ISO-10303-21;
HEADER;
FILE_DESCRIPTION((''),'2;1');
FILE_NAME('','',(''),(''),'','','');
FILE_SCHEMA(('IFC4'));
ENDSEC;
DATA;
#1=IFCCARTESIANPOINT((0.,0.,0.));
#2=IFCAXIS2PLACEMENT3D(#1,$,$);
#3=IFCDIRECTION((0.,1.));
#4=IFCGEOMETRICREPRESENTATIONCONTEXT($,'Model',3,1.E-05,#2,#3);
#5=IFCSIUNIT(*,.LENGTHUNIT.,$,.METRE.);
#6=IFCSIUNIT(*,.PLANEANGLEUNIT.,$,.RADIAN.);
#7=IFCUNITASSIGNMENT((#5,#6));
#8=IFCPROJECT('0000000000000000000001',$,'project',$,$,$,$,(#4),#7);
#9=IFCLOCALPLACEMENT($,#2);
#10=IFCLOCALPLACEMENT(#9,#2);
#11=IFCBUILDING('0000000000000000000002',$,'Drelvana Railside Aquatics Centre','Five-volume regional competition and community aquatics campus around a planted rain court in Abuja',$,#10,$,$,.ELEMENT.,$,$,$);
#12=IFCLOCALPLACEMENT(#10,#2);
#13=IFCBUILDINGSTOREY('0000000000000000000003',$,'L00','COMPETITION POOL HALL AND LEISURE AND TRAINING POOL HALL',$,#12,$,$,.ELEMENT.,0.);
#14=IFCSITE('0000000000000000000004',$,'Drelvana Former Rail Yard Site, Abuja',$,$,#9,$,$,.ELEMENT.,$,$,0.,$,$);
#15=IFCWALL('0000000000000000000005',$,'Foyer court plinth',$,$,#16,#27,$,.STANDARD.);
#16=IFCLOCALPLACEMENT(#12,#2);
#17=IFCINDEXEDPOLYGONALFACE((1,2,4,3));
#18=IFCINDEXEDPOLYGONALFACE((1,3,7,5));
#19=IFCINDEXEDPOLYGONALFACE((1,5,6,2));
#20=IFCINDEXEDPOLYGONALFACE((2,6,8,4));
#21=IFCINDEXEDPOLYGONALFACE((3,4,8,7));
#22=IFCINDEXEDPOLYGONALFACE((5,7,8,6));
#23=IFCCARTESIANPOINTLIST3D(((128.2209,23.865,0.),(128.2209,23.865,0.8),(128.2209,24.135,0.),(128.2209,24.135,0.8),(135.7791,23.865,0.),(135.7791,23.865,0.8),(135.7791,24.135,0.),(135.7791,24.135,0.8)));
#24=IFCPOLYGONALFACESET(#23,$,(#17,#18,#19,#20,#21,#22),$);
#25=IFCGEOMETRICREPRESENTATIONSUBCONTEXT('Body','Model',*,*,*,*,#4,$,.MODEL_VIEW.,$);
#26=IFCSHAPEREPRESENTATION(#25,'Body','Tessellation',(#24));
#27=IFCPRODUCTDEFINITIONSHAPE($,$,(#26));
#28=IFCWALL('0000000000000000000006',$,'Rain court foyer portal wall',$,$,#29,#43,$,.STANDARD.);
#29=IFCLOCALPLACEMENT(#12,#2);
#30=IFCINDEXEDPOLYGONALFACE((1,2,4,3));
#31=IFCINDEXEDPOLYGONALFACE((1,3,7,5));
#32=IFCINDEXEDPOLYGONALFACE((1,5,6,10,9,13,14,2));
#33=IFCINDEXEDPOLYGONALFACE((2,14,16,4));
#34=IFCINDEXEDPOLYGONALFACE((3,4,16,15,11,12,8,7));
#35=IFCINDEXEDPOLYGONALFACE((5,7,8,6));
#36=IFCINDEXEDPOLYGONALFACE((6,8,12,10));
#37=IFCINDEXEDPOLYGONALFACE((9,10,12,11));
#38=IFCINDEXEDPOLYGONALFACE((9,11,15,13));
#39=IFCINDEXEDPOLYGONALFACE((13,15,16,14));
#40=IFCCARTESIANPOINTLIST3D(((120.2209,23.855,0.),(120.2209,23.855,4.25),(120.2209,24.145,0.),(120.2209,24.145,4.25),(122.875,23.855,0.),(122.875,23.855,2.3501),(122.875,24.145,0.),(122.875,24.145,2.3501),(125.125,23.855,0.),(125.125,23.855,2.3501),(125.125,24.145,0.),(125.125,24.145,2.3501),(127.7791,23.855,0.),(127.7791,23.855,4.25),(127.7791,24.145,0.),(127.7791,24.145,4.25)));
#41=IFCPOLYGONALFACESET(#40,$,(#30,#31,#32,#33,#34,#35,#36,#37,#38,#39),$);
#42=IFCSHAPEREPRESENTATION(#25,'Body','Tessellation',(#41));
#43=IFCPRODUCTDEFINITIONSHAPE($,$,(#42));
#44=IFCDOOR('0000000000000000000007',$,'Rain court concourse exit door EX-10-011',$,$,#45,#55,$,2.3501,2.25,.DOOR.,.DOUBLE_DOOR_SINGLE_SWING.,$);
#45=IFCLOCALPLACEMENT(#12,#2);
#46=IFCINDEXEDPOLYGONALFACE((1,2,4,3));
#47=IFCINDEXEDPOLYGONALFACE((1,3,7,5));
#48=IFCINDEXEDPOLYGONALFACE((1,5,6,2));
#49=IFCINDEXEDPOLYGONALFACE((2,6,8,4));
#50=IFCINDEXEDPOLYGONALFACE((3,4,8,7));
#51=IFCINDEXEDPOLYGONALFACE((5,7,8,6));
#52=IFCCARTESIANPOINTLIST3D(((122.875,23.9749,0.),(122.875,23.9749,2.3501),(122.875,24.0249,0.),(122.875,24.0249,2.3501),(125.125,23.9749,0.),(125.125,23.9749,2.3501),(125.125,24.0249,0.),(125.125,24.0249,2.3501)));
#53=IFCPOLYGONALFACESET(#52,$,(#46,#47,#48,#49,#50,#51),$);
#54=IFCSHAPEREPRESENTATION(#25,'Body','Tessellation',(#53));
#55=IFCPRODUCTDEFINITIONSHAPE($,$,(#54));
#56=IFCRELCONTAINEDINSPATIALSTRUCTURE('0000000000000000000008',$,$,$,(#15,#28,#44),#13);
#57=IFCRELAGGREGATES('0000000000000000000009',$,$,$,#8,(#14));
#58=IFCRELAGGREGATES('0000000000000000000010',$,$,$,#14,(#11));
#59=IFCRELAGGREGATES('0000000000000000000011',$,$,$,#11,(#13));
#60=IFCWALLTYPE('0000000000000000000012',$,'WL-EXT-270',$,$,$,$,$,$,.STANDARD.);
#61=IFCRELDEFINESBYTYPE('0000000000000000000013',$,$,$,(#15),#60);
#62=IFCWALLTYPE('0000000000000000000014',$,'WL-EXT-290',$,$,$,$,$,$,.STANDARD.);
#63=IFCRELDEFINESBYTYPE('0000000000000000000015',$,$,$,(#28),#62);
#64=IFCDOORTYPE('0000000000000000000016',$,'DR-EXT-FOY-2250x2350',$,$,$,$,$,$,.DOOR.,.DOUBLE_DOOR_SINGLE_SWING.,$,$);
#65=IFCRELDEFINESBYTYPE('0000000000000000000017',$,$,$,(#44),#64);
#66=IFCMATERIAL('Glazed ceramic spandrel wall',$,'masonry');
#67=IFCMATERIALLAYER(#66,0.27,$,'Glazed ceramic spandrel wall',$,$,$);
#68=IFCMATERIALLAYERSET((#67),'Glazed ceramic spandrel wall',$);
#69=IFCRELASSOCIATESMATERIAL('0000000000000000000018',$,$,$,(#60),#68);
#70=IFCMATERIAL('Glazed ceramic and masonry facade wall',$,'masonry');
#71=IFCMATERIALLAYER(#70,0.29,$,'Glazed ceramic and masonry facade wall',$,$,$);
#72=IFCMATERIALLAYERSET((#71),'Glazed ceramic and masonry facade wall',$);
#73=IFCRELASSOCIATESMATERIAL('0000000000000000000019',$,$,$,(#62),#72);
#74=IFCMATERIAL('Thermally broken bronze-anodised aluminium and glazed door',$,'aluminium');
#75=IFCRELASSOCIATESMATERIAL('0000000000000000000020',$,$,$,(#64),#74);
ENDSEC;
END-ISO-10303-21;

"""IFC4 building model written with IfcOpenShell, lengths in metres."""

from ifc_helpers import new_model, si_unit, direction, frame, frame_2d, origin, place, context, subcontext, project, spatial, rectangle, extrude, material, layer, layer_set, type_object, element, fill, save


model = new_model("IFC4")

# Units and contexts
model_context = context("Model", 3, precision=1e-05, world=origin(), true_north=direction((0.0, 1.0)))
body_context = subcontext(model_context, "Body", "Model", "MODEL_VIEW")
ifc_project = project(units=[si_unit("LENGTHUNIT", "METRE"), si_unit("PLANEANGLEUNIT", "RADIAN")], contexts=[model_context])

# Site, building, storey
site_placement = place(None, origin())
site = spatial("IfcSite", under=ifc_project, at=site_placement, Name="Drelvana Former Rail Yard Site, Abuja", CompositionType="ELEMENT", RefElevation=0.0)
building_placement = place(site_placement, origin())
building = spatial("IfcBuilding", under=site, at=building_placement, Name="Drelvana Railside Aquatics Centre", Description="Five-volume regional competition and community aquatics campus around a planted rain court in Abuja", CompositionType="ELEMENT")
storey_placement = place(building_placement, origin())
storey = spatial("IfcBuildingStorey", under=building, at=storey_placement, Name="L00", Description="COMPETITION POOL HALL AND LEISURE AND TRAINING POOL HALL", CompositionType="ELEMENT", Elevation=0.0)

# Wall
ifc_material_1 = material(Name="Glazed ceramic spandrel wall", Category="masonry")
ifc_layer_1 = layer(ifc_material_1, 0.27, Name="Glazed ceramic spandrel wall")
ifc_layer_set_1 = layer_set([ifc_layer_1], Name="Glazed ceramic spandrel wall")
wall_type_1 = type_object("IfcWallType", Name="WL-EXT-270", PredefinedType="STANDARD", material=ifc_layer_set_1)
wall_1_placement = place(storey_placement, frame((128.2209, 24.0, 0.0), z_axis=(0.0, 0.0, 1.0), x_axis=(1.0, 0.0, 0.0)))
element("IfcWall", 1, at=wall_1_placement, inside=storey, type_object=wall_type_1, Name="Foyer court plinth", PredefinedType="STANDARD", context=body_context, shape_type="SweptSolid", body=[
    extrude(rectangle(XDim=7.5581, YDim=0.27, at=frame_2d((3.7791, 0.0))), origin(), (0.0, 0.0, 1.0), 0.8),
])

# Wall, opening, door
ifc_material_2 = material(Name="Glazed ceramic and masonry facade wall", Category="masonry")
ifc_layer_2 = layer(ifc_material_2, 0.29, Name="Glazed ceramic and masonry facade wall")
ifc_layer_set_2 = layer_set([ifc_layer_2], Name="Glazed ceramic and masonry facade wall")
wall_type_2 = type_object("IfcWallType", Name="WL-EXT-290", PredefinedType="STANDARD", material=ifc_layer_set_2)
wall_2_placement = place(storey_placement, frame((120.2209, 24.0, 0.0), z_axis=(0.0, 0.0, 1.0), x_axis=(1.0, 0.0, 0.0)))
wall_2 = element("IfcWall", 2, at=wall_2_placement, inside=storey, type_object=wall_type_2, Name="Rain court foyer portal wall", PredefinedType="STANDARD", context=body_context, shape_type="SweptSolid", body=[
    extrude(rectangle(XDim=7.5581, YDim=0.29, at=frame_2d((3.7791, 0.0))), origin(), (0.0, 0.0, 1.0), 4.25),
])
opening_placement = place(wall_2_placement, frame((2.6541, 0.0, 0.0)))
opening = element("IfcOpeningElement", 3, at=opening_placement, cuts=wall_2, PredefinedType="OPENING", context=body_context, shape_type="SweptSolid", body=[
    extrude(rectangle(XDim=2.25, YDim=2.3501, at=frame_2d((1.125, 1.175))), frame((0.0, 0.155, 0.0), z_axis=(0.0, -1.0, 0.0), x_axis=(1.0, 0.0, 0.0)), (0.0, 0.0, 1.0), 0.3101),
])
ifc_material_3 = material(Name="Thermally broken bronze-anodised aluminium and glazed door", Category="aluminium")
door_type = type_object("IfcDoorType", Name="DR-EXT-FOY-2250x2350", OperationType="DOUBLE_DOOR_SINGLE_SWING", PredefinedType="DOOR", material=ifc_material_3)
door_placement = place(opening_placement, origin())
door = element("IfcDoor", 4, at=door_placement, inside=storey, type_object=door_type, Name="Rain court concourse exit door EX-10-011", OperationType="DOUBLE_DOOR_SINGLE_SWING", OverallHeight=2.3501, OverallWidth=2.25, PredefinedType="DOOR", context=body_context, shape_type="SweptSolid", body=[
    extrude(rectangle(XDim=2.25, YDim=2.3501, at=frame_2d((1.125, 1.175))), frame((0.0, 0.0249, 0.0), z_axis=(0.0, -1.0, 0.0), x_axis=(1.0, 0.0, 0.0)), (0.0, 0.0, 1.0), 0.05),
])
fill(opening, door)

save(model, "model.ifc")
